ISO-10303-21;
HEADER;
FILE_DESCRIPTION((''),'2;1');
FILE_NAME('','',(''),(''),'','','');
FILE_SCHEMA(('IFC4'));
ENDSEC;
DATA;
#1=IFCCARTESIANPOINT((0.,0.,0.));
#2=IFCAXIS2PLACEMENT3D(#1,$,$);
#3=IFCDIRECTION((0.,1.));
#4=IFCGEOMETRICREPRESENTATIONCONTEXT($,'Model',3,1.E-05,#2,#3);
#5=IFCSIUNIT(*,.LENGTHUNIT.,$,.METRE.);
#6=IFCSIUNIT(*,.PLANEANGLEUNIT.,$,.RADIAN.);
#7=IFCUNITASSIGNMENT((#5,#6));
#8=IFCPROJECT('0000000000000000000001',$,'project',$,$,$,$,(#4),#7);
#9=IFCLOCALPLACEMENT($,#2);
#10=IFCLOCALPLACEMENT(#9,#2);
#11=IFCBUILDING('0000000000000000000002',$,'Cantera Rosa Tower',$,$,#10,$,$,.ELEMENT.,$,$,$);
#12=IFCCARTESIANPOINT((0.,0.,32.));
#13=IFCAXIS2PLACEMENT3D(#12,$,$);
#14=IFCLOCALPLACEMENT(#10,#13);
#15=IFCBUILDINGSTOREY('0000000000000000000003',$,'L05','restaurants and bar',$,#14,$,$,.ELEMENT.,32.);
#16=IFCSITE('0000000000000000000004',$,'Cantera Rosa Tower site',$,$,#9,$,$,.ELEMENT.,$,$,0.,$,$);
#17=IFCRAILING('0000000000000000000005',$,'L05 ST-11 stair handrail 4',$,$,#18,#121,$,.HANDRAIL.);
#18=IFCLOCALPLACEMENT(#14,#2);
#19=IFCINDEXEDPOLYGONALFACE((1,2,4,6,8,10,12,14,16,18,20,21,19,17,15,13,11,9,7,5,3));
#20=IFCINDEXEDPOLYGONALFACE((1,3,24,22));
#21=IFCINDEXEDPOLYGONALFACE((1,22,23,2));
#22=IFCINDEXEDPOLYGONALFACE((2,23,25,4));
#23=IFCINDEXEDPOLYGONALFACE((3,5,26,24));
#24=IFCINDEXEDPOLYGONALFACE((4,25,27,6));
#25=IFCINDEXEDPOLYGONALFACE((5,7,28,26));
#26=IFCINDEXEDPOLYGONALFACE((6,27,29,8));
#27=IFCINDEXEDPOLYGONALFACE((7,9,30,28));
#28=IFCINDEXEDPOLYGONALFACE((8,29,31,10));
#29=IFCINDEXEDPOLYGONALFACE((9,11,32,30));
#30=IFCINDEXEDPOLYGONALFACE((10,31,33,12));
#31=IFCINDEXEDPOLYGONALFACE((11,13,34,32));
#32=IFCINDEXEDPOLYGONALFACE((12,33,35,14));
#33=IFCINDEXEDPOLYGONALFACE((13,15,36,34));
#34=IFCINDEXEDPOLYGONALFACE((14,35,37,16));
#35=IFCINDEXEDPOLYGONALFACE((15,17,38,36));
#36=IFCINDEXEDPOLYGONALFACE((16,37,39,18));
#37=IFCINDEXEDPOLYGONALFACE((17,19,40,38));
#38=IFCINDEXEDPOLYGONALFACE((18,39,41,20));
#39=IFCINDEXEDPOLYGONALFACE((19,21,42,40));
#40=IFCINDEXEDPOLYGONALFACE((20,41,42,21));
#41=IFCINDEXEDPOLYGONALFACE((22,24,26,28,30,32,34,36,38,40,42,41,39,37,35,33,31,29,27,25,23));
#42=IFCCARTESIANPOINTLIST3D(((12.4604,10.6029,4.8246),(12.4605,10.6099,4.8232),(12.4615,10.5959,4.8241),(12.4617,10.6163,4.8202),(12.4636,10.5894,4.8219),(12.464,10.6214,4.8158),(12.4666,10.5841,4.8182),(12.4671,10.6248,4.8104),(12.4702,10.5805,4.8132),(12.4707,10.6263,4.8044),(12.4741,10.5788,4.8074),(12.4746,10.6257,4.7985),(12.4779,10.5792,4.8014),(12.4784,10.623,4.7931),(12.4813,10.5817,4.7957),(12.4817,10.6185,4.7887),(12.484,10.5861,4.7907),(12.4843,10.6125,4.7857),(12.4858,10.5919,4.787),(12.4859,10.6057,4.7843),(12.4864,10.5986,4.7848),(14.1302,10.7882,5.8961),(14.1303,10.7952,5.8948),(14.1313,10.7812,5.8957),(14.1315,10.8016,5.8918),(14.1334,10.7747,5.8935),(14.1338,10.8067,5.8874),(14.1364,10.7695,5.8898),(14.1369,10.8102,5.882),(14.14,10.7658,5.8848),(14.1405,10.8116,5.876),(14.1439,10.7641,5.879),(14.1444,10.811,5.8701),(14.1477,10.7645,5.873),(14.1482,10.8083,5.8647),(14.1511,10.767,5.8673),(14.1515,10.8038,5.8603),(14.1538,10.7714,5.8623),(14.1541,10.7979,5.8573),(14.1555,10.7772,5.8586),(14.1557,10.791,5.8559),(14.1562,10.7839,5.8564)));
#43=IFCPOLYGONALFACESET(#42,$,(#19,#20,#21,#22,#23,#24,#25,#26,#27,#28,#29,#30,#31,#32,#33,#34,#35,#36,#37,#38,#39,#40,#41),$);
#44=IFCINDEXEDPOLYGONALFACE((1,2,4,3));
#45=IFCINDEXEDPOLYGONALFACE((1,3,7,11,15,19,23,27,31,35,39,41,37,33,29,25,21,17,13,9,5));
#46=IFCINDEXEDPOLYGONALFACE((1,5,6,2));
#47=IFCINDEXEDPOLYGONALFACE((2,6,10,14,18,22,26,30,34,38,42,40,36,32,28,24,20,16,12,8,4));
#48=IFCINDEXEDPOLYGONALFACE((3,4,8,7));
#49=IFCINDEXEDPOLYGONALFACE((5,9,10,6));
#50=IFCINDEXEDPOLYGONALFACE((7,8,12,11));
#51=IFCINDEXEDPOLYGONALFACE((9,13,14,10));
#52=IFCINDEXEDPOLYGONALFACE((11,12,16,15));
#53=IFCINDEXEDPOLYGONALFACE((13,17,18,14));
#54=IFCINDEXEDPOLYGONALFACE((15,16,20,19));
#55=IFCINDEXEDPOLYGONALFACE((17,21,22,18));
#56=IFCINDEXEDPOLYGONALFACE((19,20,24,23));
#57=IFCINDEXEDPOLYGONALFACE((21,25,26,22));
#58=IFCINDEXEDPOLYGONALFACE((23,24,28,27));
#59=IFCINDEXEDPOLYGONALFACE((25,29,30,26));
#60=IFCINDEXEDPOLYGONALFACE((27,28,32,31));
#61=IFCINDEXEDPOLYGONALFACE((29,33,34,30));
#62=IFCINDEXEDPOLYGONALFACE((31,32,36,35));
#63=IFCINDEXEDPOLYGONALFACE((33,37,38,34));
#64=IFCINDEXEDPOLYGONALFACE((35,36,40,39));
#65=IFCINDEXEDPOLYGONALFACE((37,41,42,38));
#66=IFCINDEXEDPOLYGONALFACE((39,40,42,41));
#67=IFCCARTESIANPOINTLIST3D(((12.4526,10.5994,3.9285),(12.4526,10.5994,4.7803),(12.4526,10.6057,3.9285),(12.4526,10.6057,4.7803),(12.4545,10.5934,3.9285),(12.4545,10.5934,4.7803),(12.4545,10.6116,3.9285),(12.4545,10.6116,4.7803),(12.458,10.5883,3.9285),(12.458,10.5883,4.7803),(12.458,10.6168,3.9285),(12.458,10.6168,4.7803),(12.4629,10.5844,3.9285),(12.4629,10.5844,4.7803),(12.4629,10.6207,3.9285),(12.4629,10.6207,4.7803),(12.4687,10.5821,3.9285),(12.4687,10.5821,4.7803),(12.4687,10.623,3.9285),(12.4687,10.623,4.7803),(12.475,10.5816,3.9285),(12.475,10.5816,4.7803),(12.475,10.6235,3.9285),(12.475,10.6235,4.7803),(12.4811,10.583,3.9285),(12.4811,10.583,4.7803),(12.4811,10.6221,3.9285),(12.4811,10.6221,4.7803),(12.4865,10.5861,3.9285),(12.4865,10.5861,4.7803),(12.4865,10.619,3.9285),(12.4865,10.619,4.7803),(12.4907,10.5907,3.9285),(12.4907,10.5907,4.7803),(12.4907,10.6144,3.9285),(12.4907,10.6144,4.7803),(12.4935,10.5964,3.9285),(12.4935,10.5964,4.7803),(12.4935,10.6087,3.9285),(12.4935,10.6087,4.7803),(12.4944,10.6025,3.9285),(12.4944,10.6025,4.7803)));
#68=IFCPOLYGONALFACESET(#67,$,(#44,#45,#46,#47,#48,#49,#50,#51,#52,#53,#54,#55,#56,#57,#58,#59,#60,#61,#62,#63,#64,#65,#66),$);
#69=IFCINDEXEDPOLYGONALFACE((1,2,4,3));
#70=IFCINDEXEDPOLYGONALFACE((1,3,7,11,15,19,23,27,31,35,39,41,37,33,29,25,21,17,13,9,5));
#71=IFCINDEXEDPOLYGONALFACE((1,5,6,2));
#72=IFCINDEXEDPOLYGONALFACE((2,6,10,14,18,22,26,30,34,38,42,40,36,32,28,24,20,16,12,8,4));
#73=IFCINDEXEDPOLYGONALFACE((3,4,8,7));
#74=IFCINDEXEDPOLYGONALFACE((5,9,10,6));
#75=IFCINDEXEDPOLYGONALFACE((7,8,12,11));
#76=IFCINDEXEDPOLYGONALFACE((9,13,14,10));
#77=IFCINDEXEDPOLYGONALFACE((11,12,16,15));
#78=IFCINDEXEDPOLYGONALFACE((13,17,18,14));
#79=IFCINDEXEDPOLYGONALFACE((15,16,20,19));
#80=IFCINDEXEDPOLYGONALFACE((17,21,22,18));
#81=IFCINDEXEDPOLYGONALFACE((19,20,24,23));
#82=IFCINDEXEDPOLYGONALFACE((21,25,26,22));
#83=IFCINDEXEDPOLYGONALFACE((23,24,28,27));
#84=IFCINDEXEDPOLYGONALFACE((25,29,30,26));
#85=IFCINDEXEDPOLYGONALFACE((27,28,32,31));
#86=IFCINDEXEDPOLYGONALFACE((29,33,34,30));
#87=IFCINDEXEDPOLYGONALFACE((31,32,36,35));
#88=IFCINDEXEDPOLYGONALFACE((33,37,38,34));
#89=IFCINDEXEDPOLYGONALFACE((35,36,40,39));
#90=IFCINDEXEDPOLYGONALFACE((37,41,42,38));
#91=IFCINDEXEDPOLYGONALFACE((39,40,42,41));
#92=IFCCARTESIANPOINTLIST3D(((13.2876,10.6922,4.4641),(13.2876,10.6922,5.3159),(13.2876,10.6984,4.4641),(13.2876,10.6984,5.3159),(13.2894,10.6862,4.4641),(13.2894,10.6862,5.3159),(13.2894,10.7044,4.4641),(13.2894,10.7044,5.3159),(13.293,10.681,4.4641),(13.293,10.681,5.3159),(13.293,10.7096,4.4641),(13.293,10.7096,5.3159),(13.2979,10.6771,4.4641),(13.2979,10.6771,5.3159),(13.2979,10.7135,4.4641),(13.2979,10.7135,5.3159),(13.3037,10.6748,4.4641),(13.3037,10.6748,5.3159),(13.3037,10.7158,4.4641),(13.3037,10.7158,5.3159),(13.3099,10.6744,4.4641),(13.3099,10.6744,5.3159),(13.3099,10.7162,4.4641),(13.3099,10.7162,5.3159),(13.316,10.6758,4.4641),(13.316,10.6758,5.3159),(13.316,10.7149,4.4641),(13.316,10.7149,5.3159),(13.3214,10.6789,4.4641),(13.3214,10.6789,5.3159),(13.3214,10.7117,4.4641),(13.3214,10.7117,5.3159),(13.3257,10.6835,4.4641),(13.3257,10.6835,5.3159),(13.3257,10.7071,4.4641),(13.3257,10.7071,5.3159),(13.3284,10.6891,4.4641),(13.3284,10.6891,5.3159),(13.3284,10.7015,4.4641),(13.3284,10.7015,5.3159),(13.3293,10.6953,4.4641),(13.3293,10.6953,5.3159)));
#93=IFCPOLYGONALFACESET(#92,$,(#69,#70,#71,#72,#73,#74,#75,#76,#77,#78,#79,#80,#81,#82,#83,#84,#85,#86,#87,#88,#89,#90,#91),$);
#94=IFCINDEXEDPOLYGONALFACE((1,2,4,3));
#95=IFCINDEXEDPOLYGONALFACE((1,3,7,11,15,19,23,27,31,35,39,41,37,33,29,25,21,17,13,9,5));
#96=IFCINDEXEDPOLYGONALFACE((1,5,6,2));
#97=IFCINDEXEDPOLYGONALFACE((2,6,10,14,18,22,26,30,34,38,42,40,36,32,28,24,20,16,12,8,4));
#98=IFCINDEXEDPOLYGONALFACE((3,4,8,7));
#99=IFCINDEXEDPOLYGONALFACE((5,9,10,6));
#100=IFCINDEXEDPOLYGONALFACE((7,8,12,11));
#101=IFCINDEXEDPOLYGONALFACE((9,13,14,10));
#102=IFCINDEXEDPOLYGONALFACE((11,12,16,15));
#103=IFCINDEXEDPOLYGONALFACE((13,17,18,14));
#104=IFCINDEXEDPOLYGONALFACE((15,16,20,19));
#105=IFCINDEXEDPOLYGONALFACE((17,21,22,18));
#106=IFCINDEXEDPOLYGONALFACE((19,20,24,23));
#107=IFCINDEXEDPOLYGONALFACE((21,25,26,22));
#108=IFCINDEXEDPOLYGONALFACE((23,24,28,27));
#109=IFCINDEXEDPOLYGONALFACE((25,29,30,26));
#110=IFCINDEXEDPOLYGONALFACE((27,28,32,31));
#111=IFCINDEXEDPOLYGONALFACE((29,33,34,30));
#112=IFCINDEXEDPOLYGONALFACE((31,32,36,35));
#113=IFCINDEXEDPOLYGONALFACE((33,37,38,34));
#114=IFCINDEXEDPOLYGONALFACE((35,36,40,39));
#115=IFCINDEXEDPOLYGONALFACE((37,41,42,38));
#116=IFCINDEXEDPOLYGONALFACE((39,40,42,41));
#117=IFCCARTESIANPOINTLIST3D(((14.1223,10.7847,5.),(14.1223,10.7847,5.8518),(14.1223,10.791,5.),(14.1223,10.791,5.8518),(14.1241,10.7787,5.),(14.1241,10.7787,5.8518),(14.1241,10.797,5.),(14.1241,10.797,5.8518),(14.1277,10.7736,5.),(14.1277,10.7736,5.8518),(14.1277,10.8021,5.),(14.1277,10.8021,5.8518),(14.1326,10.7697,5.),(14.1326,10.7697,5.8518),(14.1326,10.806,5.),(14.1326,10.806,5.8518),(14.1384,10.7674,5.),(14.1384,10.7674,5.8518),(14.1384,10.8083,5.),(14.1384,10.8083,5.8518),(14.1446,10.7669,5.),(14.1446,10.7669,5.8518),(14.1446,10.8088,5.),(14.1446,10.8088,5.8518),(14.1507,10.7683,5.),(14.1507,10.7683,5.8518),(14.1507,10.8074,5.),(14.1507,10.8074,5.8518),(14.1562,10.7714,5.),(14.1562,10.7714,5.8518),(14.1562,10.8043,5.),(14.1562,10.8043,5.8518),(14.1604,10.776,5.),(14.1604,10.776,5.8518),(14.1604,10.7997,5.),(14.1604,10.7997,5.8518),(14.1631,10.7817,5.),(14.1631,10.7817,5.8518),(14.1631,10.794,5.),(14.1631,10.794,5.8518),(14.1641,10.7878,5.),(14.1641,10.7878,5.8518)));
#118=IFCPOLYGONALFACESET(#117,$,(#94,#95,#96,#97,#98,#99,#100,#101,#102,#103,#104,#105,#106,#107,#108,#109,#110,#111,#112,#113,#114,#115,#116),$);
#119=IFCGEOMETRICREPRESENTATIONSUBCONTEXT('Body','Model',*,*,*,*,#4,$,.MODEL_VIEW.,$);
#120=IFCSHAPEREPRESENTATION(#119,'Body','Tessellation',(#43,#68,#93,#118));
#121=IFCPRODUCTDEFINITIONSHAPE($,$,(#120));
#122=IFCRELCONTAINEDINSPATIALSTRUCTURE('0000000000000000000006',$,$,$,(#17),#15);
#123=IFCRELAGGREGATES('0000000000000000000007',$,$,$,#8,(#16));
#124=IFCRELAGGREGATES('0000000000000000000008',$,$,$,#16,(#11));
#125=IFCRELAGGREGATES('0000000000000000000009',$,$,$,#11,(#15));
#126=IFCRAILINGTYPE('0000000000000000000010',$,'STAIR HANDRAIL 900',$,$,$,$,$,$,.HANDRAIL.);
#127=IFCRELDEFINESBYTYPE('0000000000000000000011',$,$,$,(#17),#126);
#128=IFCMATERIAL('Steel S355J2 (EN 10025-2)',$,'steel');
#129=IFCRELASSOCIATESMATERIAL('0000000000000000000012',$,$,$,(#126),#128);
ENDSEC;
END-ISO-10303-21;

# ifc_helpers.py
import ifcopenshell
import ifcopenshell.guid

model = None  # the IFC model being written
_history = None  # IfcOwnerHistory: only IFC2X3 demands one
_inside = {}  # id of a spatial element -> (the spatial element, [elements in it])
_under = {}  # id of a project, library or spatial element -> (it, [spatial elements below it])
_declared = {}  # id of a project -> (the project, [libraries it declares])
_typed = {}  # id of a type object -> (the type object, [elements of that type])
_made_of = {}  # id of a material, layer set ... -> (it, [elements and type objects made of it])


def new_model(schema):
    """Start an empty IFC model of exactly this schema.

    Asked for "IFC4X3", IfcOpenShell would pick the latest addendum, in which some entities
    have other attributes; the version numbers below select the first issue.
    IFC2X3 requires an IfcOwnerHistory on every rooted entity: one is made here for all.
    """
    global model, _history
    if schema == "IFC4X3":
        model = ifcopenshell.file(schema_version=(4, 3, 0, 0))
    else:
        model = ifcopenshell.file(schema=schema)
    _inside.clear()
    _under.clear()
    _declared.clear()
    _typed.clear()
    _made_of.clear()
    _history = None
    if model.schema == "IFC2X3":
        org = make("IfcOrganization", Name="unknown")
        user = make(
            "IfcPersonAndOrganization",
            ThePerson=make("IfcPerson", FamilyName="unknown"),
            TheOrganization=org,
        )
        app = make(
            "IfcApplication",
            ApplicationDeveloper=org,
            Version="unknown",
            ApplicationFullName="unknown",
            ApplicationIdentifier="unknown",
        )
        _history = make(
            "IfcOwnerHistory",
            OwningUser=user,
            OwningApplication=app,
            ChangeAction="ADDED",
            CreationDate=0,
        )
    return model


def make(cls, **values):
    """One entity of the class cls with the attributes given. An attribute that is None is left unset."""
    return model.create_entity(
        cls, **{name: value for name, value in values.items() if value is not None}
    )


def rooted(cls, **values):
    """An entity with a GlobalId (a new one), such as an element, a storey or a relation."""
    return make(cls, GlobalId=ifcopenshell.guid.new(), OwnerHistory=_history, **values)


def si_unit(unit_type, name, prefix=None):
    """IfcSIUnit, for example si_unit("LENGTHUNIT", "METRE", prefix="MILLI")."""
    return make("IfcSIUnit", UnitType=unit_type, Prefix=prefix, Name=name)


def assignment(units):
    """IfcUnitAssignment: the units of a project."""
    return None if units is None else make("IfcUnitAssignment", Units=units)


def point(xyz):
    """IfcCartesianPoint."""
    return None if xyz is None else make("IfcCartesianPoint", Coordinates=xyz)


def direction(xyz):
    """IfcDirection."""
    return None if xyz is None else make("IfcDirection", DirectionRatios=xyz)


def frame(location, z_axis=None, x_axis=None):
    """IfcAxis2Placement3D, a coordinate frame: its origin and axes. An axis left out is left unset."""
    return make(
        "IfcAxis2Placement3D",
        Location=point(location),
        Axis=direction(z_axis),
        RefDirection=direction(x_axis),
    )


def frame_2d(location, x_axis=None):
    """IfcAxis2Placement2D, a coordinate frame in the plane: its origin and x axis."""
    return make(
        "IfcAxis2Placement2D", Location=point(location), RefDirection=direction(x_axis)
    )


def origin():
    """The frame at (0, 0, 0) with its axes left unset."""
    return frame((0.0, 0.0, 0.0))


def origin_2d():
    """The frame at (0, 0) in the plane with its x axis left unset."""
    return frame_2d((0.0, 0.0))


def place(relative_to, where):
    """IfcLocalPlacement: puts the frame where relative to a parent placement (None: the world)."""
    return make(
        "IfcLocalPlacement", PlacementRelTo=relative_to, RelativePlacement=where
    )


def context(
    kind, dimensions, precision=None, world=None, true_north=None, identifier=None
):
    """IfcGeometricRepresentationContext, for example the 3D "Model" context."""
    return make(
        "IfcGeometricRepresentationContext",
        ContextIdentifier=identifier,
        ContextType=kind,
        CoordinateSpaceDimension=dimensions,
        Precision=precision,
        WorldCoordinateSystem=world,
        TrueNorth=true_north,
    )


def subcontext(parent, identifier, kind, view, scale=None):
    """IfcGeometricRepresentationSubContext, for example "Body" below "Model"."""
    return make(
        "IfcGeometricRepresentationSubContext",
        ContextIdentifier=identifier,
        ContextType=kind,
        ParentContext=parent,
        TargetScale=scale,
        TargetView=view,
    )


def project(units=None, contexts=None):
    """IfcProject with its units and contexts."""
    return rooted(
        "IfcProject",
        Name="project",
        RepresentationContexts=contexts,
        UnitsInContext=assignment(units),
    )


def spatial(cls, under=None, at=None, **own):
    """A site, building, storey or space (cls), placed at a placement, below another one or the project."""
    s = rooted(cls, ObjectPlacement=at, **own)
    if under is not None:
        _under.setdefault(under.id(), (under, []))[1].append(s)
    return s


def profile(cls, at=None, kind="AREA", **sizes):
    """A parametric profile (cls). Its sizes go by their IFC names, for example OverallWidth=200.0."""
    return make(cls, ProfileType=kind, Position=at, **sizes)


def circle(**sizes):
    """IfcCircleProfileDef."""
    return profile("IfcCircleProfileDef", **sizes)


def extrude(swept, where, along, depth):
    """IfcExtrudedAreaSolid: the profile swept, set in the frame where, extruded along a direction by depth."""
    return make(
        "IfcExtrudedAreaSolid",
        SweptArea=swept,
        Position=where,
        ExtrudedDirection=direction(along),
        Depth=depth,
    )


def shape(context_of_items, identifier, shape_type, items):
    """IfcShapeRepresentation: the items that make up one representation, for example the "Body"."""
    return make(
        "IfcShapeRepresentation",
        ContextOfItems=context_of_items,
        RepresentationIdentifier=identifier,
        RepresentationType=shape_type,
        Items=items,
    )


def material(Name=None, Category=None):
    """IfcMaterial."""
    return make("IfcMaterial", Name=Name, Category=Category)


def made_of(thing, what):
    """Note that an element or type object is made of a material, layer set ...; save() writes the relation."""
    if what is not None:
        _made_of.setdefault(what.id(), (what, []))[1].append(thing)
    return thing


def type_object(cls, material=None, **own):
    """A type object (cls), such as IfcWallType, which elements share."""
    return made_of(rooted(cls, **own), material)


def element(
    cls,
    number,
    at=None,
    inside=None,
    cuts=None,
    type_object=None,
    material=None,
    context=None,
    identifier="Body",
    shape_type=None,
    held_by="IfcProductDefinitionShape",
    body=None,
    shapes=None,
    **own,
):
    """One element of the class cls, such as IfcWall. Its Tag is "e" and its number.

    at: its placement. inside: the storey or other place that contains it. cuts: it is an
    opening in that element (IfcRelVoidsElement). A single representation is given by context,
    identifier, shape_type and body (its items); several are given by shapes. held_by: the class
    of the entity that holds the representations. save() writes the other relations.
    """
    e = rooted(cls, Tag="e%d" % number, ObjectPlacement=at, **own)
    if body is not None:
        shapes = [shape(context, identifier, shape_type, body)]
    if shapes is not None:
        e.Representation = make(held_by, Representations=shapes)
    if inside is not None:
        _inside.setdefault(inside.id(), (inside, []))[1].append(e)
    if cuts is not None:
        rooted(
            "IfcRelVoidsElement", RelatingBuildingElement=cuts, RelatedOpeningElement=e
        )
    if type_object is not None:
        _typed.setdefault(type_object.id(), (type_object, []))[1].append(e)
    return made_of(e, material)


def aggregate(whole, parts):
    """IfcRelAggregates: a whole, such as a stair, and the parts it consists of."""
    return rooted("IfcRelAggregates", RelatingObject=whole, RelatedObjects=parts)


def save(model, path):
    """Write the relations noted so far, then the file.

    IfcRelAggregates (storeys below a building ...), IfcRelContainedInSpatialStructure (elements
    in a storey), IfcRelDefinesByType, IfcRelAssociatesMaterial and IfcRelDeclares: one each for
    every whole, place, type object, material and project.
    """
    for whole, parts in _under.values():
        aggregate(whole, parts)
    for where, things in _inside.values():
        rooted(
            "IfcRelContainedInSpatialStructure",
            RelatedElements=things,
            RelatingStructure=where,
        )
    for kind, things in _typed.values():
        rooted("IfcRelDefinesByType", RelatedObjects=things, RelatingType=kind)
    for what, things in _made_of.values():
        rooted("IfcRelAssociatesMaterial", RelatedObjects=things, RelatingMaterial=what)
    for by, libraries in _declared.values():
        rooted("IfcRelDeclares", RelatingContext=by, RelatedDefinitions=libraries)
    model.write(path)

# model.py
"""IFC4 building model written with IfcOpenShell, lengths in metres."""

from ifc_helpers import new_model, si_unit, direction, frame, origin, origin_2d, place, context, subcontext, project, spatial, circle, extrude, material, type_object, element, save


model = new_model("IFC4")

# Units and contexts
model_context = context("Model", 3, precision=1e-05, world=origin(), true_north=direction((0.0, 1.0)))
body_context = subcontext(model_context, "Body", "Model", "MODEL_VIEW")
ifc_project = project(units=[si_unit("LENGTHUNIT", "METRE"), si_unit("PLANEANGLEUNIT", "RADIAN")], contexts=[model_context])

# Site, building, storey
site_placement = place(None, origin())
site = spatial("IfcSite", under=ifc_project, at=site_placement, Name="Cantera Rosa Tower site", CompositionType="ELEMENT", RefElevation=0.0)
building_placement = place(site_placement, origin())
building = spatial("IfcBuilding", under=site, at=building_placement, Name="Cantera Rosa Tower", CompositionType="ELEMENT")
storey_placement = place(building_placement, frame((0.0, 0.0, 32.0)))
storey = spatial("IfcBuildingStorey", under=building, at=storey_placement, Name="L05", Description="restaurants and bar", CompositionType="ELEMENT", Elevation=32.0)

# Railing
ifc_material_1 = material(Name="Steel S355J2 (EN 10025-2)", Category="steel")
railing_type_1 = type_object("IfcRailingType", Name="STAIR HANDRAIL 900", PredefinedType="HANDRAIL", material=ifc_material_1)
railing_1_placement = place(storey_placement, frame((12.4734, 10.6025, 3.9285)))
element("IfcRailing", 1, at=railing_1_placement, inside=storey, type_object=railing_type_1, Name="L05 ST-11 stair handrail 4", PredefinedType="HANDRAIL", context=body_context, shape_type="SweptSolid", body=[
    extrude(circle(Radius=0.0239, at=origin_2d()), frame((0.0, 0.0, 0.876), z_axis=(0.837951, 0.092997, 0.537764), x_axis=(-0.110304, 0.993898, 0.0)), (0.0, 0.0, 1.0), 1.9927),
    extrude(circle(Radius=0.021, at=origin_2d()), origin(), (0.0, 0.0, 1.0), 0.8518),
    extrude(circle(Radius=0.021, at=origin_2d()), frame((0.835, 0.0928, 0.5356)), (0.0, 0.0, 1.0), 0.8518),
    extrude(circle(Radius=0.021, at=origin_2d()), frame((1.6697, 0.1853, 1.0715)), (0.0, 0.0, 1.0), 0.8518),
])

save(model, "model.ifc")
